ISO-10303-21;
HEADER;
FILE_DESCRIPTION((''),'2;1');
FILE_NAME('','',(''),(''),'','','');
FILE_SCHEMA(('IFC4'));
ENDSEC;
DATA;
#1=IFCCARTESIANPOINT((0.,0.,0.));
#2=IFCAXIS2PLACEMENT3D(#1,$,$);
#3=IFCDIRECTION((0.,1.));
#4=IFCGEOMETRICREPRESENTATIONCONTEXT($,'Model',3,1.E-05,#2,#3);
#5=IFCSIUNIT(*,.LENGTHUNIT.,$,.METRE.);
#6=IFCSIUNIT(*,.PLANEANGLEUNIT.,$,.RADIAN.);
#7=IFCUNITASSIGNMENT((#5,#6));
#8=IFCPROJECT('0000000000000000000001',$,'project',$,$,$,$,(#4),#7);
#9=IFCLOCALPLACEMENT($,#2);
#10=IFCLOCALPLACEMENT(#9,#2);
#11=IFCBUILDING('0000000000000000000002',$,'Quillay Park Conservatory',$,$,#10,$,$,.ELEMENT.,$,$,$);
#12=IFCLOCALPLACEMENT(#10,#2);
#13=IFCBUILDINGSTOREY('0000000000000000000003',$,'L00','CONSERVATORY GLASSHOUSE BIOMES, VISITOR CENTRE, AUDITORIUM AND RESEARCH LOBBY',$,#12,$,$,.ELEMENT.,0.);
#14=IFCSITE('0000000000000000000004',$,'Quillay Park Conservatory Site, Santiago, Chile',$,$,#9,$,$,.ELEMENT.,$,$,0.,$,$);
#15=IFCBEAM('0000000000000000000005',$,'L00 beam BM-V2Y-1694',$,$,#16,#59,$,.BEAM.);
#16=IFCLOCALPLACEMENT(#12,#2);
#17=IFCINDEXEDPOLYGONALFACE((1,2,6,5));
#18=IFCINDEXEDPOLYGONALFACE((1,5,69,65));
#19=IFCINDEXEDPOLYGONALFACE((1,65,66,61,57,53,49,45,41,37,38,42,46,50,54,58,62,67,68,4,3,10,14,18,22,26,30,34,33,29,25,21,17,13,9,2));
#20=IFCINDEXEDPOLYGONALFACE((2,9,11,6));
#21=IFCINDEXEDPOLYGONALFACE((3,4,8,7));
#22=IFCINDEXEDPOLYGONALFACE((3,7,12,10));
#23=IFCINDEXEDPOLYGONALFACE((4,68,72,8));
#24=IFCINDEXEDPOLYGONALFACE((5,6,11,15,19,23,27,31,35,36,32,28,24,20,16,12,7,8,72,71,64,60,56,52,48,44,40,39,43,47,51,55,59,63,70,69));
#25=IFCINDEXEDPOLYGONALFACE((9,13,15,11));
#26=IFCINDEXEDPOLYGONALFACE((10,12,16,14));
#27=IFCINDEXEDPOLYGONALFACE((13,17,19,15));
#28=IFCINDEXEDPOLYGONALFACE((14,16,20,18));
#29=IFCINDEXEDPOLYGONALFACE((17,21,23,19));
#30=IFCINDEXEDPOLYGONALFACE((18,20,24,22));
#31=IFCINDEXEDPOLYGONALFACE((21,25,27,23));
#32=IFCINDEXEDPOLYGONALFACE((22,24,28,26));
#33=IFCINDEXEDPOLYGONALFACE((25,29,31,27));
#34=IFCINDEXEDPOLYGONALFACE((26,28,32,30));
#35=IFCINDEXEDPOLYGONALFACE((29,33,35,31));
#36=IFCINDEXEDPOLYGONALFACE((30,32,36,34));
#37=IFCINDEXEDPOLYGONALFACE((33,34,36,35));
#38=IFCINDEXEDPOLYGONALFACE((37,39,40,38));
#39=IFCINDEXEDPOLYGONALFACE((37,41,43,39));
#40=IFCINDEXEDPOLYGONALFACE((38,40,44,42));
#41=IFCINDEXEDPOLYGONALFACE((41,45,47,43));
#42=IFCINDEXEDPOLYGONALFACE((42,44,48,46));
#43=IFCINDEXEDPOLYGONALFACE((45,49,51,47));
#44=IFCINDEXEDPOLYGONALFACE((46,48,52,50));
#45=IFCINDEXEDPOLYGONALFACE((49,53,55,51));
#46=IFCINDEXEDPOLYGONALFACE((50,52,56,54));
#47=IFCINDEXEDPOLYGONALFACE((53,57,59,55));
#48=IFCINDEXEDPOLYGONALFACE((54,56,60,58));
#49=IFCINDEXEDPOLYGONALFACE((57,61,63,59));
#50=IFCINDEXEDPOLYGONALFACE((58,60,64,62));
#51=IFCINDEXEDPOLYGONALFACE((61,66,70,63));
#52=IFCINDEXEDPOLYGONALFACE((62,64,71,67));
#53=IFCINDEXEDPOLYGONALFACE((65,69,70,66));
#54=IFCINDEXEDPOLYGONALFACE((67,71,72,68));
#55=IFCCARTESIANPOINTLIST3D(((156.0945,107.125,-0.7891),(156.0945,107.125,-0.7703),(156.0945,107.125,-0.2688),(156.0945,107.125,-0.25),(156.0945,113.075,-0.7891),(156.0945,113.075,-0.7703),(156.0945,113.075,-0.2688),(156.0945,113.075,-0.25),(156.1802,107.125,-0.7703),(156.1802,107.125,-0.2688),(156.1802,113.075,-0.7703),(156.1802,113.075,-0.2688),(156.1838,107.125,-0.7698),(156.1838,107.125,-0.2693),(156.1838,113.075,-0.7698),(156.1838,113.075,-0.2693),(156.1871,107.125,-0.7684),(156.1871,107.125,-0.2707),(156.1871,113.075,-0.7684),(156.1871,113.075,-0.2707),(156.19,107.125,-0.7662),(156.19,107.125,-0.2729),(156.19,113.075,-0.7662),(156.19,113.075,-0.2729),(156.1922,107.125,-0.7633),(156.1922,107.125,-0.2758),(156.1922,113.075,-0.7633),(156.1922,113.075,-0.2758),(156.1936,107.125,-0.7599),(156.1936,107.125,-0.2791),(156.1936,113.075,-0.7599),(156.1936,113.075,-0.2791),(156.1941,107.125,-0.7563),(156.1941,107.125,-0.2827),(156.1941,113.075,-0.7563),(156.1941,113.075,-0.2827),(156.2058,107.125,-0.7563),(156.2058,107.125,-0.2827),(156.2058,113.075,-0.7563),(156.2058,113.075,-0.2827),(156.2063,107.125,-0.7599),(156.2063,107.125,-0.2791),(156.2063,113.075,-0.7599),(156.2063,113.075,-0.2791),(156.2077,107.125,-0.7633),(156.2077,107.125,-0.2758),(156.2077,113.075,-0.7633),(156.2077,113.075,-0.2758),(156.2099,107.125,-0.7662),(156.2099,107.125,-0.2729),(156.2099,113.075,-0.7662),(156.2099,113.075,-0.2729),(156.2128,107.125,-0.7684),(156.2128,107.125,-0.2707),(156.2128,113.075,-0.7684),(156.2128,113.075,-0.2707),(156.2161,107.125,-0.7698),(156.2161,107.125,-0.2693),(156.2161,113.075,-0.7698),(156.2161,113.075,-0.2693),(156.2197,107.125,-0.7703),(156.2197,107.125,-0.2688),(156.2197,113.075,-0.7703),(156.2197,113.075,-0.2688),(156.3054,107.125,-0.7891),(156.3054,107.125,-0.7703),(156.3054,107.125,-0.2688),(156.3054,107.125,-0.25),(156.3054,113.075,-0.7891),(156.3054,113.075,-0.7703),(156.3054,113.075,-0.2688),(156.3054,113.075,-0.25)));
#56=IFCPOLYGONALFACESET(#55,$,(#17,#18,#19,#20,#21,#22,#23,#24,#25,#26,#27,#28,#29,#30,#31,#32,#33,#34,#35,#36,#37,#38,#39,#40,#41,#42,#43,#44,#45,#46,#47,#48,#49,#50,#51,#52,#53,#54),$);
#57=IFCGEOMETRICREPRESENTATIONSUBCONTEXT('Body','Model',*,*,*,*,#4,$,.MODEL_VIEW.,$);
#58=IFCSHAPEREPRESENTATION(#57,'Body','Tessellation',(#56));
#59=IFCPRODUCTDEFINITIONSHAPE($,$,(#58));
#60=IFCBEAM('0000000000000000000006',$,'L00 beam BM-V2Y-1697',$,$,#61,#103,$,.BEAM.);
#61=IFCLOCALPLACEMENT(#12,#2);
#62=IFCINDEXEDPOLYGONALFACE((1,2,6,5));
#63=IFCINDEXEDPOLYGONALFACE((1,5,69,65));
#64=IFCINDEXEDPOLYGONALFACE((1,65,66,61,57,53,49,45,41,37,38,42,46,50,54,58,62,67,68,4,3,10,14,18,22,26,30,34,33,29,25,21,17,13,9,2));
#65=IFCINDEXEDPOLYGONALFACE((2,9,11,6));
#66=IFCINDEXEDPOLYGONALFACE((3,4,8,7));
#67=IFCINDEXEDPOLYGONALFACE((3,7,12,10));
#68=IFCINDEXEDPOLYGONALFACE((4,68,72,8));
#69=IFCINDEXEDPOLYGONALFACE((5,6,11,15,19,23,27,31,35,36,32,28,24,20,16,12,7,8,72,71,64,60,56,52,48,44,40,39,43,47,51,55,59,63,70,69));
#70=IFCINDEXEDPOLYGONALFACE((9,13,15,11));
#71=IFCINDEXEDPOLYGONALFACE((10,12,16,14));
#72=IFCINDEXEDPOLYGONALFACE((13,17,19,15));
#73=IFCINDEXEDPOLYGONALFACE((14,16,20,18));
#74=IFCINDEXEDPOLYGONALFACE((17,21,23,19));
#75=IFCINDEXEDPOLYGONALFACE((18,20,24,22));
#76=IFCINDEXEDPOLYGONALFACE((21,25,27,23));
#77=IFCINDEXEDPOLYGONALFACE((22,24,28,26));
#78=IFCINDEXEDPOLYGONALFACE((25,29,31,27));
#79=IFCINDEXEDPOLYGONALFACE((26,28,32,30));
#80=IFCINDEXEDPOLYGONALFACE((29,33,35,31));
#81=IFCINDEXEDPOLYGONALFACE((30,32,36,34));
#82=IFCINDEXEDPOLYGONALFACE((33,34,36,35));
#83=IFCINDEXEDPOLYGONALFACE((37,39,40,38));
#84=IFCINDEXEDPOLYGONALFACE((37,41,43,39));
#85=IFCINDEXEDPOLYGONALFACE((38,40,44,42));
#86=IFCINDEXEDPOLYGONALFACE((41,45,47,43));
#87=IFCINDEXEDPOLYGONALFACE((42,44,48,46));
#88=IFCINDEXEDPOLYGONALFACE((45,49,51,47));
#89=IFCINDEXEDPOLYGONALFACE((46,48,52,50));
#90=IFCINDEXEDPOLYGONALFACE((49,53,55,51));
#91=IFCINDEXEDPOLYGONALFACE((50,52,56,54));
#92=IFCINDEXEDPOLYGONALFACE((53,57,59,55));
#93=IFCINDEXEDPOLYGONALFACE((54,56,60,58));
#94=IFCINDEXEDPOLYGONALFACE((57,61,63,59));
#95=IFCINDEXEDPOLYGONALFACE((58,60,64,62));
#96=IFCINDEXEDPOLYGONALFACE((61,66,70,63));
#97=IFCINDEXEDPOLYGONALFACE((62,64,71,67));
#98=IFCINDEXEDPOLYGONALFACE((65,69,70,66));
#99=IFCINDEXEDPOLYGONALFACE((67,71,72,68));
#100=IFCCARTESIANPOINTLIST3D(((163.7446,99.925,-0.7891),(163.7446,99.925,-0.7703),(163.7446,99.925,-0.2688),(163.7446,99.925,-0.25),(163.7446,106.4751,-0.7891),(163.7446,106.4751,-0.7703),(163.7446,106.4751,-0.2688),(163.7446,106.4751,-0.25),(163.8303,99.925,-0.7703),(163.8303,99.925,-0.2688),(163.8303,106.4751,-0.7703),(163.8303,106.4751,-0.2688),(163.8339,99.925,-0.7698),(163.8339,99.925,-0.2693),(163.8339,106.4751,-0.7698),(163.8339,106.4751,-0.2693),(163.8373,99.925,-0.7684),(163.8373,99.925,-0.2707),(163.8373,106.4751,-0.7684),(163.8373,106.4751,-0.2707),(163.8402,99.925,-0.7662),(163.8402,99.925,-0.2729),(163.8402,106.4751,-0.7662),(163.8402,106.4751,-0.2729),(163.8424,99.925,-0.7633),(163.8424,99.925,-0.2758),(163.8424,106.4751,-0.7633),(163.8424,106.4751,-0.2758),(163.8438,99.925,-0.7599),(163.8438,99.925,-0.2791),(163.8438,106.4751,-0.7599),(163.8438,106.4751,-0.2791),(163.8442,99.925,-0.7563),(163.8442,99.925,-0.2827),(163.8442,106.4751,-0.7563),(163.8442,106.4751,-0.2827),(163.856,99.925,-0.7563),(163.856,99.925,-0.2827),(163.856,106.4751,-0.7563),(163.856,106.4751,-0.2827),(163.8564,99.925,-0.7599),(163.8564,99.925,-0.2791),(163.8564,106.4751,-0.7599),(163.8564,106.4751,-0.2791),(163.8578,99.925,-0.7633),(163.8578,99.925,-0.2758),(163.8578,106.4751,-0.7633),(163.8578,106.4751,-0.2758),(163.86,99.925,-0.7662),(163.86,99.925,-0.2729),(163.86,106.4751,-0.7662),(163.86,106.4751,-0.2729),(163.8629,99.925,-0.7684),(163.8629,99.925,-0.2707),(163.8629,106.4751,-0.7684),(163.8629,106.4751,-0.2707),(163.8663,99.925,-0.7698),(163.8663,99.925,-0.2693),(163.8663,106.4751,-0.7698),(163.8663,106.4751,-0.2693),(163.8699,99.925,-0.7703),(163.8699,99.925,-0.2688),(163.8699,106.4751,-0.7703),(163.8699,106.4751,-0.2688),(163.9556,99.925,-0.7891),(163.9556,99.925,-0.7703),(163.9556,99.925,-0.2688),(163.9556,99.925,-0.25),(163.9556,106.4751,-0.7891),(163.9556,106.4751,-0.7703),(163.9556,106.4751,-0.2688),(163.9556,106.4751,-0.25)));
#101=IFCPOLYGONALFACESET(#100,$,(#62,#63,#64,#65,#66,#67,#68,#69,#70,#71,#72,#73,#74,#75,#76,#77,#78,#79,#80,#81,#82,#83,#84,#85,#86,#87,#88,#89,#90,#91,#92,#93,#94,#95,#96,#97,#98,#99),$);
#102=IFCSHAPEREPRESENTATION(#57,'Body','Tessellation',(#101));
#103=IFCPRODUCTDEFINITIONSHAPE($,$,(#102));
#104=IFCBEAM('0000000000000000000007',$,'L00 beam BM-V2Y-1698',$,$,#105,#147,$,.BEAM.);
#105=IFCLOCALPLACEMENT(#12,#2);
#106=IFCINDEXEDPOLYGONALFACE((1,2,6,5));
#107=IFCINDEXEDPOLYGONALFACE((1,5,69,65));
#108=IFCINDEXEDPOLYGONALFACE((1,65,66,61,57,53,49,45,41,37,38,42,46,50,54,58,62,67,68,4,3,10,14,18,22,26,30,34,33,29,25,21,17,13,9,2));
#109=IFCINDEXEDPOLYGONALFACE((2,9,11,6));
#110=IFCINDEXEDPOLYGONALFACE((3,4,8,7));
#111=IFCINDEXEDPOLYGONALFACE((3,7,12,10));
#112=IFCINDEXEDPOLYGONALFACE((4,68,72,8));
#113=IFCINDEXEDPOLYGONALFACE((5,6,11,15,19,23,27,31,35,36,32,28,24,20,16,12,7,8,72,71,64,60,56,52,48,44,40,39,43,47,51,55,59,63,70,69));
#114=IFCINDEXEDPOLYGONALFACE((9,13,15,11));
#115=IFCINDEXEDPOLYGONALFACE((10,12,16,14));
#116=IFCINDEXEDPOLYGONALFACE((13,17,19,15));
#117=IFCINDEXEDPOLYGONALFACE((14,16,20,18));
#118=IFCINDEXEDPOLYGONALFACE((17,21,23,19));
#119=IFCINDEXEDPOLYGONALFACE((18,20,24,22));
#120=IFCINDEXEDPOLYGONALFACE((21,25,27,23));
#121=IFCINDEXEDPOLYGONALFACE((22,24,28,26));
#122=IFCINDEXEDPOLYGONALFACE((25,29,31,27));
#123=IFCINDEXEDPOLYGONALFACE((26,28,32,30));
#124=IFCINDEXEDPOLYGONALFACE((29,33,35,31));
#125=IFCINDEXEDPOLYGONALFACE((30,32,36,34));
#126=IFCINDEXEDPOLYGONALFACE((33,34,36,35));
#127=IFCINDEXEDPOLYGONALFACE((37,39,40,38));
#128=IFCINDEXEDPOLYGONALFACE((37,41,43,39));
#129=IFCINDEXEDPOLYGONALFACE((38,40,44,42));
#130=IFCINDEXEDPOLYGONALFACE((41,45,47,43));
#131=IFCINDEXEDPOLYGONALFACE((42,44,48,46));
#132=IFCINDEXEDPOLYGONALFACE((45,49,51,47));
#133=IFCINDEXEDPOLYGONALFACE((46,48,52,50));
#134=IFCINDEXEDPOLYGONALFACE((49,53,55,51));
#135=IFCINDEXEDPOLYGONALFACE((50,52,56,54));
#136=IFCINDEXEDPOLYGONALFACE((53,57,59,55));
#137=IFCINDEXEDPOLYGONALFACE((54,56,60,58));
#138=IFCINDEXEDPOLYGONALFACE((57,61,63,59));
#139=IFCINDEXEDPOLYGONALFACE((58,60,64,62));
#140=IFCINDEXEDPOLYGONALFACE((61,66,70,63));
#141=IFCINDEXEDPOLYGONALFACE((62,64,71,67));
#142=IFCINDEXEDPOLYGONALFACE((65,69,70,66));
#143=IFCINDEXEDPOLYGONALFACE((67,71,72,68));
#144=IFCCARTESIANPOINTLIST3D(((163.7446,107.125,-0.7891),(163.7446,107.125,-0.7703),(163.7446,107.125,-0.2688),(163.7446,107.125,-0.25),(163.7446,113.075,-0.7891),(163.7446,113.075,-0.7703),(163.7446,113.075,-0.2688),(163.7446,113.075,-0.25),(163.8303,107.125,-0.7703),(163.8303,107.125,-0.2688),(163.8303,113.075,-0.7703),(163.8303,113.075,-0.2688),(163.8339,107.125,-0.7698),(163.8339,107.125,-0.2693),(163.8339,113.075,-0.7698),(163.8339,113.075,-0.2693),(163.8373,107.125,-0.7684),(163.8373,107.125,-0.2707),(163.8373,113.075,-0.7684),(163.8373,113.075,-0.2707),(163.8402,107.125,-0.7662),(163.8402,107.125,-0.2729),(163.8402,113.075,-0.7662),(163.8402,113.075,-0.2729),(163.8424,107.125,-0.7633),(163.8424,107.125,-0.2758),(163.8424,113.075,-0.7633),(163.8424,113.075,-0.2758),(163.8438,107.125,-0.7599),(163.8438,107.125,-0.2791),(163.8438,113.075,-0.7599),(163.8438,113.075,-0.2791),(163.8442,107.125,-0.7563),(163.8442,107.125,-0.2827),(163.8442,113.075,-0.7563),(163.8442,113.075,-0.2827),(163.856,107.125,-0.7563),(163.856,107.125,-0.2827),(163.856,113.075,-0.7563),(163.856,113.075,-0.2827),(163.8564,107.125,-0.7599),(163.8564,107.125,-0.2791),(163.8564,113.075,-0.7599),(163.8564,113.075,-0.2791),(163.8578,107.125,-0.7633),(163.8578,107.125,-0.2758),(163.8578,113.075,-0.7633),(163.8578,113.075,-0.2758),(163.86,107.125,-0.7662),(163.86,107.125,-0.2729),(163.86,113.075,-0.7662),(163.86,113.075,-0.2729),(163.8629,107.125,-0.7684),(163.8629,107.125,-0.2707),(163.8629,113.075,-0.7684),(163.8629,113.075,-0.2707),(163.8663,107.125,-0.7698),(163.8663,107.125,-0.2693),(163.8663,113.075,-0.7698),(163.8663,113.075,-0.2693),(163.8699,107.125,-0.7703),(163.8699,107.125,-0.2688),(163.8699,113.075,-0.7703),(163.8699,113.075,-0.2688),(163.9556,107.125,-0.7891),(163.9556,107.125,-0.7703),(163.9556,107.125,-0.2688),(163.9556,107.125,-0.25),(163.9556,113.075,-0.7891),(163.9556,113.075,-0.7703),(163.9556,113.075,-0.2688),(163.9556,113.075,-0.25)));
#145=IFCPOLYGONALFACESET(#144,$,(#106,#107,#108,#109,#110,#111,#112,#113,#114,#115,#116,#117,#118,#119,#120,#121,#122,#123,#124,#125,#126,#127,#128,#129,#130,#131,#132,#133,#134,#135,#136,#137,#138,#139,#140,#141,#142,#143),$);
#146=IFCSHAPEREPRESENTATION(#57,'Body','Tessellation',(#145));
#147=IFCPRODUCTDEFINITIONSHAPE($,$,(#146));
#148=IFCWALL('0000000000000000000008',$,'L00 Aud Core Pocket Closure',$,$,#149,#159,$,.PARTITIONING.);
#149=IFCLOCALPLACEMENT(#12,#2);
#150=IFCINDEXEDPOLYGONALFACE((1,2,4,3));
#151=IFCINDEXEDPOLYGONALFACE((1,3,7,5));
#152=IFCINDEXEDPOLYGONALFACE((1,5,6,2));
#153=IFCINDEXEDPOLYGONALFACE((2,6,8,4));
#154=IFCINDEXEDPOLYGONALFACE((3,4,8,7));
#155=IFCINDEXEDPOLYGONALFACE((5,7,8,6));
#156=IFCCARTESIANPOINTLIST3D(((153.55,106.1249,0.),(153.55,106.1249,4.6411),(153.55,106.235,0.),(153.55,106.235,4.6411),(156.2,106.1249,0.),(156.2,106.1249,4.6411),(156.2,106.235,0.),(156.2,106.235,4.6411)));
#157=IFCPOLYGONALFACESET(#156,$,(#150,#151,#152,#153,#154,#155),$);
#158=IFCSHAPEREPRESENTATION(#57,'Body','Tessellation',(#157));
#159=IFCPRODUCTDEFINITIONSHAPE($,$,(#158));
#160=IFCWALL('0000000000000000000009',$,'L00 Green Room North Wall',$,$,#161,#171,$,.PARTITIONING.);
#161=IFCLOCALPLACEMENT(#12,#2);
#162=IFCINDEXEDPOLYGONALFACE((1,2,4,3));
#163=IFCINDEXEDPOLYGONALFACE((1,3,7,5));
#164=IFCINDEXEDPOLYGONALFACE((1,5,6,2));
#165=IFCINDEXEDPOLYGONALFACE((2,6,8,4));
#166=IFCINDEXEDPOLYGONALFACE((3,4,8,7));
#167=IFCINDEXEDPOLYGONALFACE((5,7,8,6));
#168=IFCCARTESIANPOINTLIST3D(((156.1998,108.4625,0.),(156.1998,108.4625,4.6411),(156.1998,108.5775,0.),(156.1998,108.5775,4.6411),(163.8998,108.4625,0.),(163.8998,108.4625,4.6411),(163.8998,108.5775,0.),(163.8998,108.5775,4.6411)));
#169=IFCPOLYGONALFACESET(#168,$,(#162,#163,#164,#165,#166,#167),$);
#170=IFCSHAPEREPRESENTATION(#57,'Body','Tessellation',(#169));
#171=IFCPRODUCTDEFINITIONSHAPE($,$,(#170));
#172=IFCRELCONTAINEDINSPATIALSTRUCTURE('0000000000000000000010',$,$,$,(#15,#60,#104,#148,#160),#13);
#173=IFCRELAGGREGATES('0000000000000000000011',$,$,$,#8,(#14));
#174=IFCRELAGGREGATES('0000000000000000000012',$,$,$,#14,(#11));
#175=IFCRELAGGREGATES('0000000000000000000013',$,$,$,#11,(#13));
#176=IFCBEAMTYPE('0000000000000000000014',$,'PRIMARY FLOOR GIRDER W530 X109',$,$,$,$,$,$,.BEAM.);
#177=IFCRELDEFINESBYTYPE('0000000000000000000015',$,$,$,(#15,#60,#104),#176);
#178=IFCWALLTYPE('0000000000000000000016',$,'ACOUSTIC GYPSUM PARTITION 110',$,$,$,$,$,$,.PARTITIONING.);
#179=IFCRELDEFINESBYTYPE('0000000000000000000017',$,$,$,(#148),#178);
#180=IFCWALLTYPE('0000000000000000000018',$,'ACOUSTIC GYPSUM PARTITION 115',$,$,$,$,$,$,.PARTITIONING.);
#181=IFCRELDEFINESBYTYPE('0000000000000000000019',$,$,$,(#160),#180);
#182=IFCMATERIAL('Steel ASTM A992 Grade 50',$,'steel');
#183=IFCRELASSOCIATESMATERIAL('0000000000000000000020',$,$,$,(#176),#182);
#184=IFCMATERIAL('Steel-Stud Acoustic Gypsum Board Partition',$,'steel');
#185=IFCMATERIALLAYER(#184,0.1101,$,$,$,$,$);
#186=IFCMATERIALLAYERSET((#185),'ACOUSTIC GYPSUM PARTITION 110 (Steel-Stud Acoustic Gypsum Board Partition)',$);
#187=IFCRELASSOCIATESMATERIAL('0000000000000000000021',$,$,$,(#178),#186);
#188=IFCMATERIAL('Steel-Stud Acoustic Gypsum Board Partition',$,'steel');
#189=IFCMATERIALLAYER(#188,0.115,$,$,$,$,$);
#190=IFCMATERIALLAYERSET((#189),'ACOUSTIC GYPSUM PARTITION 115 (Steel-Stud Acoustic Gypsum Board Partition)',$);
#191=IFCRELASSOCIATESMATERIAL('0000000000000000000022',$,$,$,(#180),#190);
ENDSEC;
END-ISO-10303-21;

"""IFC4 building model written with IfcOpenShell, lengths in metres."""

from ifc_helpers import new_model, si_unit, direction, frame, frame_2d, origin, origin_2d, place, context, subcontext, project, spatial, rectangle, i_section, extrude, material, layer, layer_set, material_profile, profile_set, type_object, element, save


model = new_model("IFC4")

# Units and contexts
model_context = context("Model", 3, precision=1e-05, world=origin(), true_north=direction((0.0, 1.0)))
body_context = subcontext(model_context, "Body", "Model", "MODEL_VIEW")
ifc_project = project(units=[si_unit("LENGTHUNIT", "METRE"), si_unit("PLANEANGLEUNIT", "RADIAN")], contexts=[model_context])

# Site, building, storey
site_placement = place(None, origin())
site = spatial("IfcSite", under=ifc_project, at=site_placement, Name="Quillay Park Conservatory Site, Santiago, Chile", CompositionType="ELEMENT", RefElevation=0.0)
building_placement = place(site_placement, origin())
building = spatial("IfcBuilding", under=site, at=building_placement, Name="Quillay Park Conservatory", CompositionType="ELEMENT")
storey_placement = place(building_placement, origin())
storey = spatial("IfcBuildingStorey", under=building, at=storey_placement, Name="L00", Description="CONSERVATORY GLASSHOUSE BIOMES, VISITOR CENTRE, AUDITORIUM AND RESEARCH LOBBY", CompositionType="ELEMENT", Elevation=0.0)

# Beams
ifc_material_1 = material(Name="Steel ASTM A992 Grade 50", Category="steel")
ifc_material_profile_1 = material_profile(ifc_material_1, i_section(OverallWidth=0.2109, OverallDepth=0.5391, WebThickness=0.0117, FlangeThickness=0.0188, FilletRadius=0.0139, at=origin_2d()), Name="W530x109")
ifc_profile_set_1 = profile_set([ifc_material_profile_1], Name="Steel ASTM A992 Grade 50")
beam_type_1 = type_object("IfcBeamType", Name="PRIMARY FLOOR GIRDER W530 X109", PredefinedType="BEAM", material=ifc_profile_set_1)
beam_1_placement = place(storey_placement, frame((156.2, 107.125, -0.5195), z_axis=(0.0, 1.0, 0.0), x_axis=(-1.0, 0.0, 0.0)))
element("IfcBeam", 1, at=beam_1_placement, inside=storey, type_object=beam_type_1, Name="L00 beam BM-V2Y-1694", PredefinedType="BEAM", context=body_context, shape_type="SweptSolid", body=[
    extrude(i_section(OverallWidth=0.2109, OverallDepth=0.5391, WebThickness=0.0117, FlangeThickness=0.0188, FilletRadius=0.0139, at=origin_2d()), origin(), (0.0, 0.0, 1.0), 5.95),
])
beam_2_placement = place(storey_placement, frame((163.8501, 99.925, -0.5195), z_axis=(0.0, 1.0, 0.0), x_axis=(-1.0, 0.0, 0.0)))
element("IfcBeam", 2, at=beam_2_placement, inside=storey, type_object=beam_type_1, Name="L00 beam BM-V2Y-1697", PredefinedType="BEAM", context=body_context, shape_type="SweptSolid", body=[
    extrude(i_section(OverallWidth=0.2109, OverallDepth=0.5391, WebThickness=0.0117, FlangeThickness=0.0188, FilletRadius=0.0139, at=origin_2d()), origin(), (0.0, 0.0, 1.0), 6.55),
])
beam_3_placement = place(storey_placement, frame((163.8501, 107.125, -0.5195), z_axis=(0.0, 1.0, 0.0), x_axis=(-1.0, 0.0, 0.0)))
element("IfcBeam", 3, at=beam_3_placement, inside=storey, type_object=beam_type_1, Name="L00 beam BM-V2Y-1698", PredefinedType="BEAM", context=body_context, shape_type="SweptSolid", body=[
    extrude(i_section(OverallWidth=0.2109, OverallDepth=0.5391, WebThickness=0.0117, FlangeThickness=0.0188, FilletRadius=0.0139, at=origin_2d()), origin(), (0.0, 0.0, 1.0), 5.95),
])

# Walls
ifc_material_2 = material(Name="Steel-Stud Acoustic Gypsum Board Partition", Category="steel")
ifc_layer_1 = layer(ifc_material_2, 0.1101)
ifc_layer_set_1 = layer_set([ifc_layer_1], Name="ACOUSTIC GYPSUM PARTITION 110 (Steel-Stud Acoustic Gypsum Board Partition)")
wall_type_1 = type_object("IfcWallType", Name="ACOUSTIC GYPSUM PARTITION 110", PredefinedType="PARTITIONING", material=ifc_layer_set_1)
wall_1_placement = place(storey_placement, frame((153.55, 106.1799, 0.0), z_axis=(0.0, 0.0, 1.0), x_axis=(1.0, 0.0, 0.0)))
element("IfcWall", 4, at=wall_1_placement, inside=storey, type_object=wall_type_1, Name="L00 Aud Core Pocket Closure", PredefinedType="PARTITIONING", context=body_context, shape_type="SweptSolid", body=[
    extrude(rectangle(XDim=2.6499, YDim=0.1101, at=frame_2d((1.325, 0.0))), origin(), (0.0, 0.0, 1.0), 4.6411),
])
ifc_material_3 = material(Name="Steel-Stud Acoustic Gypsum Board Partition", Category="steel")
ifc_layer_2 = layer(ifc_material_3, 0.115)
ifc_layer_set_2 = layer_set([ifc_layer_2], Name="ACOUSTIC GYPSUM PARTITION 115 (Steel-Stud Acoustic Gypsum Board Partition)")
wall_type_2 = type_object("IfcWallType", Name="ACOUSTIC GYPSUM PARTITION 115", PredefinedType="PARTITIONING", material=ifc_layer_set_2)
wall_2_placement = place(storey_placement, frame((163.8999, 108.52, 0.0), z_axis=(0.0, 0.0, 1.0), x_axis=(-1.0, 0.0, 0.0)))
element("IfcWall", 5, at=wall_2_placement, inside=storey, type_object=wall_type_2, Name="L00 Green Room North Wall", PredefinedType="PARTITIONING", context=body_context, shape_type="SweptSolid", body=[
    extrude(rectangle(XDim=7.7, YDim=0.115, at=frame_2d((3.8501, 0.0))), origin(), (0.0, 0.0, 1.0), 4.6411),
])

save(model, "model.ifc")
